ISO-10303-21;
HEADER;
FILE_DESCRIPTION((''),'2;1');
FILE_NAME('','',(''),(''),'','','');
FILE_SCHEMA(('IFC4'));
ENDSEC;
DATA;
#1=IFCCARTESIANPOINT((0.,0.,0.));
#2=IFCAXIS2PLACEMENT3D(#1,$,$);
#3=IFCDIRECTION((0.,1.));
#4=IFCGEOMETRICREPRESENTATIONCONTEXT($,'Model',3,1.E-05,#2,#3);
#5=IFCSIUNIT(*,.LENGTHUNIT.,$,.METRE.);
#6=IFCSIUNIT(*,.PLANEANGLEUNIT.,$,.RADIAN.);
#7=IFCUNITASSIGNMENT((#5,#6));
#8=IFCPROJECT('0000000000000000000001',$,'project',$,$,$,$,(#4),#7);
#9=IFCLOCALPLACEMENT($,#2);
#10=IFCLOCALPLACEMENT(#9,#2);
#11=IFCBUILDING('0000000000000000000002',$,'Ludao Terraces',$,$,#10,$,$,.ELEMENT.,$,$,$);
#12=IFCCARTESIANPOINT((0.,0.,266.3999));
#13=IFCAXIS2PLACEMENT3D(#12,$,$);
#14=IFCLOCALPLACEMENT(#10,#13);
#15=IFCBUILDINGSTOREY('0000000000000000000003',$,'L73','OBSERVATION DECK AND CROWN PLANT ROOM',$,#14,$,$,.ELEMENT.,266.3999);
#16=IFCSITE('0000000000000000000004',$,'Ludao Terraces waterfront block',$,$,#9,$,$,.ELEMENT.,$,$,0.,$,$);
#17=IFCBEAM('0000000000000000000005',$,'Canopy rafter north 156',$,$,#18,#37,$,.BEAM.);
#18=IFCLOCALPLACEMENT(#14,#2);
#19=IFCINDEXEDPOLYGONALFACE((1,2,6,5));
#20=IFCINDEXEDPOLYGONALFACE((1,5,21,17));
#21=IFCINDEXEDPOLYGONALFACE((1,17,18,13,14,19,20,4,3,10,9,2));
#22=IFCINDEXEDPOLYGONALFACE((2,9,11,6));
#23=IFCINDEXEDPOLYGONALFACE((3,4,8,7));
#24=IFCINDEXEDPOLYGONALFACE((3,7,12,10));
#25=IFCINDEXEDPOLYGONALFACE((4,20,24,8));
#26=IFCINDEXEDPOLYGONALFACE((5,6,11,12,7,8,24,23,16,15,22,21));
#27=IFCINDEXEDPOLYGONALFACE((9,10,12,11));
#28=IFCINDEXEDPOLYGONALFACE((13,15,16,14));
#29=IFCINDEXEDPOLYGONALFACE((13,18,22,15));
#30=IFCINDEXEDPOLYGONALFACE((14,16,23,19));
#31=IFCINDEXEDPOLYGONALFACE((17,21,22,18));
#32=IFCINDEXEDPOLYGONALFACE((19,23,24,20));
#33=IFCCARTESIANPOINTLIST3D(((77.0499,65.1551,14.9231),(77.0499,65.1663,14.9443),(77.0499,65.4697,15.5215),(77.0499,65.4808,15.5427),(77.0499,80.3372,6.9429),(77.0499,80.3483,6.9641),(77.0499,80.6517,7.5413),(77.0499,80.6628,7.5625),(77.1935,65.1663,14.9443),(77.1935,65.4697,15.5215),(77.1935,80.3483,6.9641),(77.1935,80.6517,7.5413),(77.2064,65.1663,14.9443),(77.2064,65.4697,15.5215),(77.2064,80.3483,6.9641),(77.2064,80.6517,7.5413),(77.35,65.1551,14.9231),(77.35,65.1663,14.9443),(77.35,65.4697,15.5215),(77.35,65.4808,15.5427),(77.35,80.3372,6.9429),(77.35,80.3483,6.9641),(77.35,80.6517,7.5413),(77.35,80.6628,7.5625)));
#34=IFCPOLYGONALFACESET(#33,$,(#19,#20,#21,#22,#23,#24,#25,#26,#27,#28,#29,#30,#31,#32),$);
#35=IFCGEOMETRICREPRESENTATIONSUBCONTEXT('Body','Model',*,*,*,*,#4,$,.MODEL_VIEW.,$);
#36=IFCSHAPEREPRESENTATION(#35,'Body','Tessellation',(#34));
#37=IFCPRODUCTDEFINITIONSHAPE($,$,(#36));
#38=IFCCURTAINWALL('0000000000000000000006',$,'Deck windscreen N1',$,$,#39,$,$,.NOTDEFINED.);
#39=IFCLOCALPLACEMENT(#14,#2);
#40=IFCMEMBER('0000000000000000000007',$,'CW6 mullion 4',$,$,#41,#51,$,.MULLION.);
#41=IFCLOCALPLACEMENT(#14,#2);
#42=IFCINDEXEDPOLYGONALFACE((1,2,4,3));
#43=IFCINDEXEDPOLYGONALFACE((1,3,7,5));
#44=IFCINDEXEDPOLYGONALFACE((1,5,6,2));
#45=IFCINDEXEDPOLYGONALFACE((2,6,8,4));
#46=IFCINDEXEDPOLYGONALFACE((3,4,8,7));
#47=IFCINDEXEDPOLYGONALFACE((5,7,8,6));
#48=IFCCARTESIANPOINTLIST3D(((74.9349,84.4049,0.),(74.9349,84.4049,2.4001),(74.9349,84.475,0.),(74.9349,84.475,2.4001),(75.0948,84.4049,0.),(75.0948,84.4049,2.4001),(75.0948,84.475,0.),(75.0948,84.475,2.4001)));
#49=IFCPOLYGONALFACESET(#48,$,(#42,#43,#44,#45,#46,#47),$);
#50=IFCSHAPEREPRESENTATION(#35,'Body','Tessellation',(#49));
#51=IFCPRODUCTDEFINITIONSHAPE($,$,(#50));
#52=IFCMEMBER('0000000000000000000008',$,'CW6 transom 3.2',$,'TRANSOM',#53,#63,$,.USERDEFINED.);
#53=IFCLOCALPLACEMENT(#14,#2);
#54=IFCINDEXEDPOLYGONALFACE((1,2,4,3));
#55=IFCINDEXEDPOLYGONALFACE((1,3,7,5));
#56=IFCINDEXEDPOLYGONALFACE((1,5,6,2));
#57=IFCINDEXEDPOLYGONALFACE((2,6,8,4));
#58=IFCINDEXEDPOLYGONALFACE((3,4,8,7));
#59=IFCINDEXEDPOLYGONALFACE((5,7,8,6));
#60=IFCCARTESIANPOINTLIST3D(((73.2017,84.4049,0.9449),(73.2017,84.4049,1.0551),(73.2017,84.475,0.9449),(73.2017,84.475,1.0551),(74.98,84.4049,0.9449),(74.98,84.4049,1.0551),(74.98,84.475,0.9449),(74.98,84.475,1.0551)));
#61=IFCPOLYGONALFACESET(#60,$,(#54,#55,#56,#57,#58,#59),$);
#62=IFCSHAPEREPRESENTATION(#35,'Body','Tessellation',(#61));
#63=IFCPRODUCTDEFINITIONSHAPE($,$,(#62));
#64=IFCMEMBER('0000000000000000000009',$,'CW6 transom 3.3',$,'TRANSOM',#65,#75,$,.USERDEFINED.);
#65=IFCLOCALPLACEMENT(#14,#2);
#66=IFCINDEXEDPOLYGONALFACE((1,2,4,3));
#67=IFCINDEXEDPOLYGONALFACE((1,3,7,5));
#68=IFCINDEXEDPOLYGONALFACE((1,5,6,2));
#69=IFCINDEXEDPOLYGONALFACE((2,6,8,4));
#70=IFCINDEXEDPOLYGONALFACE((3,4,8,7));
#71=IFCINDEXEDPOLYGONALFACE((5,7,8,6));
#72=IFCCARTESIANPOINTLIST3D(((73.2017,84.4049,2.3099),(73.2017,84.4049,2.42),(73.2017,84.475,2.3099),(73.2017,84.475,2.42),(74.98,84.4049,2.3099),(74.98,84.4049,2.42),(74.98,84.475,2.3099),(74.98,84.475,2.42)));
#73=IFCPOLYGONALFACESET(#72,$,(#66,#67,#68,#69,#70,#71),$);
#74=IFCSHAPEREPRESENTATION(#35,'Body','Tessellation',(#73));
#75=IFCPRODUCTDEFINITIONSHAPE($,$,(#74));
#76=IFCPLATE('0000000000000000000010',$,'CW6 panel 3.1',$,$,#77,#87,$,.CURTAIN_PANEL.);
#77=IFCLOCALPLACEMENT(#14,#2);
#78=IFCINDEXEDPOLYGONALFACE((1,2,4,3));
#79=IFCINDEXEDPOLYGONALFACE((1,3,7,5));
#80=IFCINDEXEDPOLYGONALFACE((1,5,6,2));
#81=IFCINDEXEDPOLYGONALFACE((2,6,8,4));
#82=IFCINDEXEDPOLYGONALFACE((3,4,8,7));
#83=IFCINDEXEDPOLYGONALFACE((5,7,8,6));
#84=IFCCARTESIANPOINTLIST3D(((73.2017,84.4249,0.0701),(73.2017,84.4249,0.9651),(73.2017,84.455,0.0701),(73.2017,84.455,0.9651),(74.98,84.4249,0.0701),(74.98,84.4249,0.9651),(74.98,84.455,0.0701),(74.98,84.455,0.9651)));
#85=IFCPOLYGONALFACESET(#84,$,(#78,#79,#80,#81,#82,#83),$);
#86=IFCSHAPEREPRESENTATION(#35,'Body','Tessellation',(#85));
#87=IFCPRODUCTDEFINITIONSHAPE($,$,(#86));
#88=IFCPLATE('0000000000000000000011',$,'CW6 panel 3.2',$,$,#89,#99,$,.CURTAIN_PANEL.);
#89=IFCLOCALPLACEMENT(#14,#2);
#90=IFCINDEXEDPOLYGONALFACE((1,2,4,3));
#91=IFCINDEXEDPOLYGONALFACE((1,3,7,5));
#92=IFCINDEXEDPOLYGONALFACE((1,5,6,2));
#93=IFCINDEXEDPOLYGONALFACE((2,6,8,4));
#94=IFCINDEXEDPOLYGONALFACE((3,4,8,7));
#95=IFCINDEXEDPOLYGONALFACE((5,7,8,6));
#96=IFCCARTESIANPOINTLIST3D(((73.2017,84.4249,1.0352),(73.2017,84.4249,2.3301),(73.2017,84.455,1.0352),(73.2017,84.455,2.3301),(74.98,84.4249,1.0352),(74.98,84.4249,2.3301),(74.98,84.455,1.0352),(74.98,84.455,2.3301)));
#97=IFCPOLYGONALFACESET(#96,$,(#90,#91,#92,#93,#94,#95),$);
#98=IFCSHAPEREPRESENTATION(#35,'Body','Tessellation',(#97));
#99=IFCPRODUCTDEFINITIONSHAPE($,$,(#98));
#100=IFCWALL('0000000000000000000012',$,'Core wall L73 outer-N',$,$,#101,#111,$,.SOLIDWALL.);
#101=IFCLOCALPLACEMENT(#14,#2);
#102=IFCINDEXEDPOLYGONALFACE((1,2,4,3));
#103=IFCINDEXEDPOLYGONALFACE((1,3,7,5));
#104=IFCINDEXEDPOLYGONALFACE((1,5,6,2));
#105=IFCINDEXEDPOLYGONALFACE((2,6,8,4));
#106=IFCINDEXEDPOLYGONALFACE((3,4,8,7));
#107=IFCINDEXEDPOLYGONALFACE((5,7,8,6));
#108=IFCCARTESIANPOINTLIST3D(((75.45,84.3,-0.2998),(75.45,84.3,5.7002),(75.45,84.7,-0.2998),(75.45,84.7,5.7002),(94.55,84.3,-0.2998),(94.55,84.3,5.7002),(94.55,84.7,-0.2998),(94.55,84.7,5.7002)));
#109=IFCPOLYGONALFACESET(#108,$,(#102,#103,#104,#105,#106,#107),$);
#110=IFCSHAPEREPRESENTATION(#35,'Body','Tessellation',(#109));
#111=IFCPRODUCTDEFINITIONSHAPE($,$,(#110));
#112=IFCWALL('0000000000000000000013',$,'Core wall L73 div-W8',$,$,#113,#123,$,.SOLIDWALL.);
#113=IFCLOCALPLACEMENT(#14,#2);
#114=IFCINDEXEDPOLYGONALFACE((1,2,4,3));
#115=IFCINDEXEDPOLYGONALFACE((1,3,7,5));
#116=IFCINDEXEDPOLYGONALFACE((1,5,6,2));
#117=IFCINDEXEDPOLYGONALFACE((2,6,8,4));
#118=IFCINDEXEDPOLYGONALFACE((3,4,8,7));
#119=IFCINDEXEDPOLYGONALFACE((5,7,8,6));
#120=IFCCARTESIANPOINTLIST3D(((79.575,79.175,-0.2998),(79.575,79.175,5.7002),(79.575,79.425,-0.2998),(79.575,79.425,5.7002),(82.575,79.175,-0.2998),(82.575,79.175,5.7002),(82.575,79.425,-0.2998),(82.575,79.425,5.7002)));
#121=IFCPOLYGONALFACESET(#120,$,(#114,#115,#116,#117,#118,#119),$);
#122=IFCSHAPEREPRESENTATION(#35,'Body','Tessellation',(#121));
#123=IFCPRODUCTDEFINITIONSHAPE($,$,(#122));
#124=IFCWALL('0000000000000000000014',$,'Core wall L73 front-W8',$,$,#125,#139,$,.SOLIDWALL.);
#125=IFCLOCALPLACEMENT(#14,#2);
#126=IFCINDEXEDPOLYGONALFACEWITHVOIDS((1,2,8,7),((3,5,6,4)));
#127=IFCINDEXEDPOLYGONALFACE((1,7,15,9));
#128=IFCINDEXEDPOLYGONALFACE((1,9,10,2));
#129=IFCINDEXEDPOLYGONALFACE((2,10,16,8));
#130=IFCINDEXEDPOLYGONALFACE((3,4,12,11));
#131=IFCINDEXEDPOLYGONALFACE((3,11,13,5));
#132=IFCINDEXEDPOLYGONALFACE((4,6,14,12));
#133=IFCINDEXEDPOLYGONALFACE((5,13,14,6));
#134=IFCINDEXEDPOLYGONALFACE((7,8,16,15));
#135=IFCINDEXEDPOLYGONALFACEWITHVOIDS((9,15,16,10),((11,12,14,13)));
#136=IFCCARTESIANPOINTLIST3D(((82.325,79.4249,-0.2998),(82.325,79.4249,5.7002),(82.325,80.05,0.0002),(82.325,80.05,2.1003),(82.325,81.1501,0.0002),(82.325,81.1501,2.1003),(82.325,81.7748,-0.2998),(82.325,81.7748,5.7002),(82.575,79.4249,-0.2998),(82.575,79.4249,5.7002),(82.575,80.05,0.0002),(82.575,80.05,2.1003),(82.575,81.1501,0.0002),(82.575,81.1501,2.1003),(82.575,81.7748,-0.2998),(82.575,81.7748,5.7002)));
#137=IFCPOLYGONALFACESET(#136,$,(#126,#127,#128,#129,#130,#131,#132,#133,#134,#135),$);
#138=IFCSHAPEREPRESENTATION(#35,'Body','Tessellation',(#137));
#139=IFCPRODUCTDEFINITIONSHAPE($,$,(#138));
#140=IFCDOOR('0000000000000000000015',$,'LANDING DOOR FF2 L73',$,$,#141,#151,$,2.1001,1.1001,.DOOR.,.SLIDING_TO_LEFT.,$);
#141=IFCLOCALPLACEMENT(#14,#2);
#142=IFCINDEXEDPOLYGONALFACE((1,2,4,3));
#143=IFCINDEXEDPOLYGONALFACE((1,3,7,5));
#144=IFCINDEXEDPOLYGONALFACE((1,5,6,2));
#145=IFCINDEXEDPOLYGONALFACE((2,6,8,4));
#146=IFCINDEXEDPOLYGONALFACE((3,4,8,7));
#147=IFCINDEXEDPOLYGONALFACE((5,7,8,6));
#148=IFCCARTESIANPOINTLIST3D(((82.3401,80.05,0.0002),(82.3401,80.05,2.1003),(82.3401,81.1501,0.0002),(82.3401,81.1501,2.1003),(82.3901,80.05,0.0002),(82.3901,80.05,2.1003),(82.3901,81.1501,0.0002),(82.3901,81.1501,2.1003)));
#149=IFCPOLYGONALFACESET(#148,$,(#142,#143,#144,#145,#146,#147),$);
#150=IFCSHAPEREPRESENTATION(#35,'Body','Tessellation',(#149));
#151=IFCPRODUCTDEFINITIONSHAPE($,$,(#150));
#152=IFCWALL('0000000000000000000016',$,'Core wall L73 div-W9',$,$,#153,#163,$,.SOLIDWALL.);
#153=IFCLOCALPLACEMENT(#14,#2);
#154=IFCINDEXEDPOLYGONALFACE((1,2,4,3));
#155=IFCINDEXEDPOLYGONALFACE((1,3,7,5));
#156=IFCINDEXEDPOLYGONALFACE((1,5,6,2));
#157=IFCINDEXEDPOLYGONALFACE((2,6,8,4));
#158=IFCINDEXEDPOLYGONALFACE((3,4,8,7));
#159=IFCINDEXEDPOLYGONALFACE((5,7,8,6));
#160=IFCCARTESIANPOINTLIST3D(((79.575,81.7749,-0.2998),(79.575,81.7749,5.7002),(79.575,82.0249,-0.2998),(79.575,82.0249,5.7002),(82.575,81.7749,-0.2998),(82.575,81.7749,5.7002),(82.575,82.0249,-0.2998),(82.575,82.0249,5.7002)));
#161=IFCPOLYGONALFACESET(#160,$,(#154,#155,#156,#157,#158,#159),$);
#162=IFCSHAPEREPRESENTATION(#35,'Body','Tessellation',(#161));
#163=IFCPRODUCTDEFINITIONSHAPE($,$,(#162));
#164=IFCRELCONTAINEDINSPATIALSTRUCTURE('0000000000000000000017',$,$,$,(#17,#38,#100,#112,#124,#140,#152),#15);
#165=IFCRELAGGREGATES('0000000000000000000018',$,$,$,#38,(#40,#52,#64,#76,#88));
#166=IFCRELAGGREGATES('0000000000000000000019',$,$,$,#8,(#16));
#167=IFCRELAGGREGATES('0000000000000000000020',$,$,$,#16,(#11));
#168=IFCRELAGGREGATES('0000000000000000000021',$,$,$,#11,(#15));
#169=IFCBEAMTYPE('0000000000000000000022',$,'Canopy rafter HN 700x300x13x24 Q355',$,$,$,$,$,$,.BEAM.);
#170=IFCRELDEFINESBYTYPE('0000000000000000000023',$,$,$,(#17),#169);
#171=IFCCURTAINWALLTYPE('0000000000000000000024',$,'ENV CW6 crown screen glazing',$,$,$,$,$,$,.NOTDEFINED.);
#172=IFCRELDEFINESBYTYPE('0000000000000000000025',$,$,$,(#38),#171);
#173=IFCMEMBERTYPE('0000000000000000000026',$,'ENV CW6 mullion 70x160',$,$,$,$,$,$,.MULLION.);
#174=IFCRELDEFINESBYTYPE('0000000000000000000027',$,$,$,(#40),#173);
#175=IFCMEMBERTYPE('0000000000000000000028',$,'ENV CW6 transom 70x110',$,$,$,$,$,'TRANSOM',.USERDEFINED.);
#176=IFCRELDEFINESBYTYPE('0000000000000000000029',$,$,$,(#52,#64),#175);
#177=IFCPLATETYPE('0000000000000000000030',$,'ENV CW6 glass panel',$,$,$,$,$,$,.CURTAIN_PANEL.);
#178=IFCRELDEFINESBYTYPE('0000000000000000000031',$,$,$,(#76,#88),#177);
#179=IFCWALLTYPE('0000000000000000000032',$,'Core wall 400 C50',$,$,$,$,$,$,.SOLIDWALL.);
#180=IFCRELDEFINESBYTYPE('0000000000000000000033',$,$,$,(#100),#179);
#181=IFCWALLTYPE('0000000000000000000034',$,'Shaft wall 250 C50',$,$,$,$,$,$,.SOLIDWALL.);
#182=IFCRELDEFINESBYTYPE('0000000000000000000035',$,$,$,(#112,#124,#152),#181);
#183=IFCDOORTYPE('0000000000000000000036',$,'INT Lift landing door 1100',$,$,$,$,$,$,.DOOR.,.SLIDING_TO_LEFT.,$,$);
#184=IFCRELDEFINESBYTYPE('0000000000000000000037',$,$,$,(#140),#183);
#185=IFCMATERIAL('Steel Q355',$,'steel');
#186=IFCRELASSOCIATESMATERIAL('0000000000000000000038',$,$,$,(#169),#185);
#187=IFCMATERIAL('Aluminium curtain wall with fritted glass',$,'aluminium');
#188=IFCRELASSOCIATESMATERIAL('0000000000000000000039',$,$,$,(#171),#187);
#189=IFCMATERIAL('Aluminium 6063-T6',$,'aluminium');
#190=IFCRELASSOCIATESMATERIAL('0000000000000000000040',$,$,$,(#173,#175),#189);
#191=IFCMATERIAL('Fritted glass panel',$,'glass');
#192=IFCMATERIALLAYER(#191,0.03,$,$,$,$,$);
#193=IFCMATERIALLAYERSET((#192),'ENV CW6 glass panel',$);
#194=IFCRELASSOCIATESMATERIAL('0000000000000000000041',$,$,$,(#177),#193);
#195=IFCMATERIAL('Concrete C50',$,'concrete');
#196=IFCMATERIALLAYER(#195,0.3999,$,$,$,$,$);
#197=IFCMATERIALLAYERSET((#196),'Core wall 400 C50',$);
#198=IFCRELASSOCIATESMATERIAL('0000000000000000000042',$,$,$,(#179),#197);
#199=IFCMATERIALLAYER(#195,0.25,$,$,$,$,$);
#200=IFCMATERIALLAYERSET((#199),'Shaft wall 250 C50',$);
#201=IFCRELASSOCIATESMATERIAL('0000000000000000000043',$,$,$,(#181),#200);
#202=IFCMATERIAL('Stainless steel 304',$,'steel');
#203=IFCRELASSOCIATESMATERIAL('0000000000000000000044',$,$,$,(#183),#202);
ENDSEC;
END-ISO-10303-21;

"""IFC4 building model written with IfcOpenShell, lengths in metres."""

from ifc_helpers import new_model, si_unit, direction, frame, frame_2d, origin, origin_2d, place, context, subcontext, project, spatial, rectangle, i_section, extrude, material, layer, layer_set, material_profile, profile_set, type_object, element, fill, aggregate, save


model = new_model("IFC4")

# Units and contexts
model_context = context("Model", 3, precision=1e-05, world=origin(), true_north=direction((0.0, 1.0)))
body_context = subcontext(model_context, "Body", "Model", "MODEL_VIEW")
ifc_project = project(units=[si_unit("LENGTHUNIT", "METRE"), si_unit("PLANEANGLEUNIT", "RADIAN")], contexts=[model_context])

# Site, building, storey
site_placement = place(None, origin())
site = spatial("IfcSite", under=ifc_project, at=site_placement, Name="Ludao Terraces waterfront block", CompositionType="ELEMENT", RefElevation=0.0)
building_placement = place(site_placement, origin())
building = spatial("IfcBuilding", under=site, at=building_placement, Name="Ludao Terraces", CompositionType="ELEMENT")
storey_placement = place(building_placement, frame((0.0, 0.0, 266.3999)))
storey = spatial("IfcBuildingStorey", under=building, at=storey_placement, Name="L73", Description="OBSERVATION DECK AND CROWN PLANT ROOM", CompositionType="ELEMENT", Elevation=266.3999)

# Beam
ifc_material_1 = material(Name="Steel Q355", Category="steel")
ifc_material_profile_1 = material_profile(ifc_material_1, i_section(OverallWidth=0.3, OverallDepth=0.7, WebThickness=0.0129, FlangeThickness=0.0239, at=origin_2d()), Name="HN 700X300X13X24")
ifc_profile_set_1 = profile_set([ifc_material_profile_1], Name="Steel Q355")
beam_type = type_object("IfcBeamType", Name="Canopy rafter HN 700x300x13x24 Q355", PredefinedType="BEAM", material=ifc_profile_set_1)
beam_placement = place(storey_placement, frame((77.2, 80.5, 7.2527), z_axis=(0.0, -0.885167, 0.465273), x_axis=(1.0, 0.0, 0.0)))
element("IfcBeam", 1, at=beam_placement, inside=storey, type_object=beam_type, Name="Canopy rafter north 156", PredefinedType="BEAM", context=body_context, shape_type="SweptSolid", body=[
    extrude(i_section(OverallWidth=0.3, OverallDepth=0.7, WebThickness=0.0129, FlangeThickness=0.0239, at=origin_2d()), origin(), (0.0, 0.0, 1.0), 17.1516),
])

# Curtain wall, members, plates
ifc_material_2 = material(Name="Aluminium curtain wall with fritted glass", Category="aluminium")
curtain_wall_type = type_object("IfcCurtainWallType", Name="ENV CW6 crown screen glazing", PredefinedType="NOTDEFINED", material=ifc_material_2)
curtain_wall_placement = place(storey_placement, origin())
curtain_wall = element("IfcCurtainWall", 2, at=curtain_wall_placement, inside=storey, type_object=curtain_wall_type, Name="Deck windscreen N1", PredefinedType="NOTDEFINED")
ifc_material_3 = material(Name="Aluminium 6063-T6", Category="aluminium")
ifc_material_profile_2 = material_profile(ifc_material_3, rectangle(XDim=0.0701, YDim=0.1599, at=origin_2d()), Name="70 X 160")
ifc_profile_set_2 = profile_set([ifc_material_profile_2], Name="Aluminium 6063-T6")
member_type_1 = type_object("IfcMemberType", Name="ENV CW6 mullion 70x160", PredefinedType="MULLION", material=ifc_profile_set_2)
member_1_placement = place(storey_placement, frame((75.0149, 84.4399, 0.0), z_axis=(0.0, 0.0, 1.0), x_axis=(0.0, 1.0, 0.0)))
member_1 = element("IfcMember", 3, at=member_1_placement, type_object=member_type_1, Name="CW6 mullion 4", PredefinedType="MULLION", context=body_context, shape_type="SweptSolid", body=[
    extrude(rectangle(XDim=0.0701, YDim=0.1599, at=origin_2d()), origin(), (0.0, 0.0, 1.0), 2.4001),
])
ifc_material_profile_3 = material_profile(ifc_material_3, rectangle(XDim=0.0701, YDim=0.1101, at=origin_2d()), Name="70 X 110")
ifc_profile_set_3 = profile_set([ifc_material_profile_3], Name="Aluminium 6063-T6")
member_type_2 = type_object("IfcMemberType", Name="ENV CW6 transom 70x110", ElementType="TRANSOM", PredefinedType="USERDEFINED", material=ifc_profile_set_3)
member_2_placement = place(storey_placement, frame((73.2017, 84.4399, 1.0), z_axis=(1.0, 0.0, 0.0), x_axis=(0.0, 1.0, 0.0)))
member_2 = element("IfcMember", 4, at=member_2_placement, type_object=member_type_2, Name="CW6 transom 3.2", ObjectType="TRANSOM", PredefinedType="USERDEFINED", context=body_context, shape_type="SweptSolid", body=[
    extrude(rectangle(XDim=0.0701, YDim=0.1101, at=origin_2d()), origin(), (0.0, 0.0, 1.0), 1.7783),
])
member_3_placement = place(storey_placement, frame((73.2017, 84.4399, 2.365), z_axis=(1.0, 0.0, 0.0), x_axis=(0.0, 1.0, 0.0)))
member_3 = element("IfcMember", 5, at=member_3_placement, type_object=member_type_2, Name="CW6 transom 3.3", ObjectType="TRANSOM", PredefinedType="USERDEFINED", context=body_context, shape_type="SweptSolid", body=[
    extrude(rectangle(XDim=0.0701, YDim=0.1101, at=origin_2d()), origin(), (0.0, 0.0, 1.0), 1.7783),
])
ifc_material_4 = material(Name="Fritted glass panel", Category="glass")
ifc_layer_1 = layer(ifc_material_4, 0.03)
ifc_layer_set_1 = layer_set([ifc_layer_1], Name="ENV CW6 glass panel")
plate_type = type_object("IfcPlateType", Name="ENV CW6 glass panel", PredefinedType="CURTAIN_PANEL", material=ifc_layer_set_1)
plate_1_placement = place(storey_placement, frame((74.0908, 84.4399, 0.0701), z_axis=(0.0, 0.0, 1.0), x_axis=(1.0, 0.0, 0.0)))
plate_1 = element("IfcPlate", 6, at=plate_1_placement, type_object=plate_type, Name="CW6 panel 3.1", PredefinedType="CURTAIN_PANEL", context=body_context, shape_type="SweptSolid", body=[
    extrude(rectangle(XDim=1.7783, YDim=0.03, at=origin_2d()), origin(), (0.0, 0.0, 1.0), 0.895),
])
plate_2_placement = place(storey_placement, frame((74.0908, 84.4399, 1.0352), z_axis=(0.0, 0.0, 1.0), x_axis=(1.0, 0.0, 0.0)))
plate_2 = element("IfcPlate", 7, at=plate_2_placement, type_object=plate_type, Name="CW6 panel 3.2", PredefinedType="CURTAIN_PANEL", context=body_context, shape_type="SweptSolid", body=[
    extrude(rectangle(XDim=1.7783, YDim=0.03, at=origin_2d()), origin(), (0.0, 0.0, 1.0), 1.2949),
])
aggregate(curtain_wall, [member_1, member_2, member_3, plate_1, plate_2])

# Walls
ifc_material_5 = material(Name="Concrete C50", Category="concrete")
ifc_layer_2 = layer(ifc_material_5, 0.3999)
ifc_layer_set_2 = layer_set([ifc_layer_2], Name="Core wall 400 C50")
wall_type_1 = type_object("IfcWallType", Name="Core wall 400 C50", PredefinedType="SOLIDWALL", material=ifc_layer_set_2)
wall_1_placement = place(storey_placement, frame((75.45, 84.5, -0.2998), z_axis=(0.0, 0.0, 1.0), x_axis=(1.0, 0.0, 0.0)))
element("IfcWall", 8, at=wall_1_placement, inside=storey, type_object=wall_type_1, Name="Core wall L73 outer-N", PredefinedType="SOLIDWALL", context=body_context, shape_type="SweptSolid", body=[
    extrude(rectangle(XDim=19.1001, YDim=0.3999, at=frame_2d((9.55, 0.0))), origin(), (0.0, 0.0, 1.0), 6.0),
])
ifc_layer_3 = layer(ifc_material_5, 0.25)
ifc_layer_set_3 = layer_set([ifc_layer_3], Name="Shaft wall 250 C50")
wall_type_2 = type_object("IfcWallType", Name="Shaft wall 250 C50", PredefinedType="SOLIDWALL", material=ifc_layer_set_3)
wall_2_placement = place(storey_placement, frame((79.575, 79.3, -0.2998), z_axis=(0.0, 0.0, 1.0), x_axis=(1.0, 0.0, 0.0)))
element("IfcWall", 9, at=wall_2_placement, inside=storey, type_object=wall_type_2, Name="Core wall L73 div-W8", PredefinedType="SOLIDWALL", context=body_context, shape_type="SweptSolid", body=[
    extrude(rectangle(XDim=3.0, YDim=0.25, at=frame_2d((1.5, 0.0))), origin(), (0.0, 0.0, 1.0), 6.0),
])

# Wall, opening, door
wall_3_placement = place(storey_placement, frame((82.45, 79.425, -0.2998), z_axis=(0.0, 0.0, 1.0), x_axis=(0.0, 1.0, 0.0)))
wall_3 = element("IfcWall", 10, at=wall_3_placement, inside=storey, type_object=wall_type_2, Name="Core wall L73 front-W8", PredefinedType="SOLIDWALL", context=body_context, shape_type="SweptSolid", body=[
    extrude(rectangle(XDim=2.3499, YDim=0.25, at=frame_2d((1.1748, 0.0))), origin(), (0.0, 0.0, 1.0), 6.0),
])
opening_1_placement = place(wall_3_placement, frame((0.625, 0.0, 0.3)))
opening_1 = element("IfcOpeningElement", 11, at=opening_1_placement, cuts=wall_3, PredefinedType="OPENING", context=body_context, shape_type="SweptSolid", body=[
    extrude(rectangle(XDim=1.1001, YDim=2.1001, at=frame_2d((0.55, 1.05))), frame((0.0, 0.135, 0.0), z_axis=(0.0, -1.0, 0.0), x_axis=(1.0, 0.0, 0.0)), (0.0, 0.0, 1.0), 0.27),
])
ifc_material_6 = material(Name="Stainless steel 304", Category="steel")
door_type = type_object("IfcDoorType", Name="INT Lift landing door 1100", OperationType="SLIDING_TO_LEFT", PredefinedType="DOOR", material=ifc_material_6)
door_1_placement = place(opening_1_placement, origin())
door_1 = element("IfcDoor", 12, at=door_1_placement, inside=storey, type_object=door_type, Name="LANDING DOOR FF2 L73", OperationType="SLIDING_TO_LEFT", OverallHeight=2.1001, OverallWidth=1.1001, PredefinedType="DOOR", context=body_context, shape_type="SweptSolid", body=[
    extrude(rectangle(XDim=1.1001, YDim=2.1001, at=frame_2d((0.55, 1.05))), frame((0.0, 0.1099, 0.0), z_axis=(0.0, -1.0, 0.0), x_axis=(1.0, 0.0, 0.0)), (0.0, 0.0, 1.0), 0.05),
])
fill(opening_1, door_1)

# Wall
wall_4_placement = place(storey_placement, frame((79.575, 81.8999, -0.2998), z_axis=(0.0, 0.0, 1.0), x_axis=(1.0, 0.0, 0.0)))
element("IfcWall", 13, at=wall_4_placement, inside=storey, type_object=wall_type_2, Name="Core wall L73 div-W9", PredefinedType="SOLIDWALL", context=body_context, shape_type="SweptSolid", body=[
    extrude(rectangle(XDim=3.0, YDim=0.25, at=frame_2d((1.5, 0.0))), origin(), (0.0, 0.0, 1.0), 6.0),
])

save(model, "model.ifc")
